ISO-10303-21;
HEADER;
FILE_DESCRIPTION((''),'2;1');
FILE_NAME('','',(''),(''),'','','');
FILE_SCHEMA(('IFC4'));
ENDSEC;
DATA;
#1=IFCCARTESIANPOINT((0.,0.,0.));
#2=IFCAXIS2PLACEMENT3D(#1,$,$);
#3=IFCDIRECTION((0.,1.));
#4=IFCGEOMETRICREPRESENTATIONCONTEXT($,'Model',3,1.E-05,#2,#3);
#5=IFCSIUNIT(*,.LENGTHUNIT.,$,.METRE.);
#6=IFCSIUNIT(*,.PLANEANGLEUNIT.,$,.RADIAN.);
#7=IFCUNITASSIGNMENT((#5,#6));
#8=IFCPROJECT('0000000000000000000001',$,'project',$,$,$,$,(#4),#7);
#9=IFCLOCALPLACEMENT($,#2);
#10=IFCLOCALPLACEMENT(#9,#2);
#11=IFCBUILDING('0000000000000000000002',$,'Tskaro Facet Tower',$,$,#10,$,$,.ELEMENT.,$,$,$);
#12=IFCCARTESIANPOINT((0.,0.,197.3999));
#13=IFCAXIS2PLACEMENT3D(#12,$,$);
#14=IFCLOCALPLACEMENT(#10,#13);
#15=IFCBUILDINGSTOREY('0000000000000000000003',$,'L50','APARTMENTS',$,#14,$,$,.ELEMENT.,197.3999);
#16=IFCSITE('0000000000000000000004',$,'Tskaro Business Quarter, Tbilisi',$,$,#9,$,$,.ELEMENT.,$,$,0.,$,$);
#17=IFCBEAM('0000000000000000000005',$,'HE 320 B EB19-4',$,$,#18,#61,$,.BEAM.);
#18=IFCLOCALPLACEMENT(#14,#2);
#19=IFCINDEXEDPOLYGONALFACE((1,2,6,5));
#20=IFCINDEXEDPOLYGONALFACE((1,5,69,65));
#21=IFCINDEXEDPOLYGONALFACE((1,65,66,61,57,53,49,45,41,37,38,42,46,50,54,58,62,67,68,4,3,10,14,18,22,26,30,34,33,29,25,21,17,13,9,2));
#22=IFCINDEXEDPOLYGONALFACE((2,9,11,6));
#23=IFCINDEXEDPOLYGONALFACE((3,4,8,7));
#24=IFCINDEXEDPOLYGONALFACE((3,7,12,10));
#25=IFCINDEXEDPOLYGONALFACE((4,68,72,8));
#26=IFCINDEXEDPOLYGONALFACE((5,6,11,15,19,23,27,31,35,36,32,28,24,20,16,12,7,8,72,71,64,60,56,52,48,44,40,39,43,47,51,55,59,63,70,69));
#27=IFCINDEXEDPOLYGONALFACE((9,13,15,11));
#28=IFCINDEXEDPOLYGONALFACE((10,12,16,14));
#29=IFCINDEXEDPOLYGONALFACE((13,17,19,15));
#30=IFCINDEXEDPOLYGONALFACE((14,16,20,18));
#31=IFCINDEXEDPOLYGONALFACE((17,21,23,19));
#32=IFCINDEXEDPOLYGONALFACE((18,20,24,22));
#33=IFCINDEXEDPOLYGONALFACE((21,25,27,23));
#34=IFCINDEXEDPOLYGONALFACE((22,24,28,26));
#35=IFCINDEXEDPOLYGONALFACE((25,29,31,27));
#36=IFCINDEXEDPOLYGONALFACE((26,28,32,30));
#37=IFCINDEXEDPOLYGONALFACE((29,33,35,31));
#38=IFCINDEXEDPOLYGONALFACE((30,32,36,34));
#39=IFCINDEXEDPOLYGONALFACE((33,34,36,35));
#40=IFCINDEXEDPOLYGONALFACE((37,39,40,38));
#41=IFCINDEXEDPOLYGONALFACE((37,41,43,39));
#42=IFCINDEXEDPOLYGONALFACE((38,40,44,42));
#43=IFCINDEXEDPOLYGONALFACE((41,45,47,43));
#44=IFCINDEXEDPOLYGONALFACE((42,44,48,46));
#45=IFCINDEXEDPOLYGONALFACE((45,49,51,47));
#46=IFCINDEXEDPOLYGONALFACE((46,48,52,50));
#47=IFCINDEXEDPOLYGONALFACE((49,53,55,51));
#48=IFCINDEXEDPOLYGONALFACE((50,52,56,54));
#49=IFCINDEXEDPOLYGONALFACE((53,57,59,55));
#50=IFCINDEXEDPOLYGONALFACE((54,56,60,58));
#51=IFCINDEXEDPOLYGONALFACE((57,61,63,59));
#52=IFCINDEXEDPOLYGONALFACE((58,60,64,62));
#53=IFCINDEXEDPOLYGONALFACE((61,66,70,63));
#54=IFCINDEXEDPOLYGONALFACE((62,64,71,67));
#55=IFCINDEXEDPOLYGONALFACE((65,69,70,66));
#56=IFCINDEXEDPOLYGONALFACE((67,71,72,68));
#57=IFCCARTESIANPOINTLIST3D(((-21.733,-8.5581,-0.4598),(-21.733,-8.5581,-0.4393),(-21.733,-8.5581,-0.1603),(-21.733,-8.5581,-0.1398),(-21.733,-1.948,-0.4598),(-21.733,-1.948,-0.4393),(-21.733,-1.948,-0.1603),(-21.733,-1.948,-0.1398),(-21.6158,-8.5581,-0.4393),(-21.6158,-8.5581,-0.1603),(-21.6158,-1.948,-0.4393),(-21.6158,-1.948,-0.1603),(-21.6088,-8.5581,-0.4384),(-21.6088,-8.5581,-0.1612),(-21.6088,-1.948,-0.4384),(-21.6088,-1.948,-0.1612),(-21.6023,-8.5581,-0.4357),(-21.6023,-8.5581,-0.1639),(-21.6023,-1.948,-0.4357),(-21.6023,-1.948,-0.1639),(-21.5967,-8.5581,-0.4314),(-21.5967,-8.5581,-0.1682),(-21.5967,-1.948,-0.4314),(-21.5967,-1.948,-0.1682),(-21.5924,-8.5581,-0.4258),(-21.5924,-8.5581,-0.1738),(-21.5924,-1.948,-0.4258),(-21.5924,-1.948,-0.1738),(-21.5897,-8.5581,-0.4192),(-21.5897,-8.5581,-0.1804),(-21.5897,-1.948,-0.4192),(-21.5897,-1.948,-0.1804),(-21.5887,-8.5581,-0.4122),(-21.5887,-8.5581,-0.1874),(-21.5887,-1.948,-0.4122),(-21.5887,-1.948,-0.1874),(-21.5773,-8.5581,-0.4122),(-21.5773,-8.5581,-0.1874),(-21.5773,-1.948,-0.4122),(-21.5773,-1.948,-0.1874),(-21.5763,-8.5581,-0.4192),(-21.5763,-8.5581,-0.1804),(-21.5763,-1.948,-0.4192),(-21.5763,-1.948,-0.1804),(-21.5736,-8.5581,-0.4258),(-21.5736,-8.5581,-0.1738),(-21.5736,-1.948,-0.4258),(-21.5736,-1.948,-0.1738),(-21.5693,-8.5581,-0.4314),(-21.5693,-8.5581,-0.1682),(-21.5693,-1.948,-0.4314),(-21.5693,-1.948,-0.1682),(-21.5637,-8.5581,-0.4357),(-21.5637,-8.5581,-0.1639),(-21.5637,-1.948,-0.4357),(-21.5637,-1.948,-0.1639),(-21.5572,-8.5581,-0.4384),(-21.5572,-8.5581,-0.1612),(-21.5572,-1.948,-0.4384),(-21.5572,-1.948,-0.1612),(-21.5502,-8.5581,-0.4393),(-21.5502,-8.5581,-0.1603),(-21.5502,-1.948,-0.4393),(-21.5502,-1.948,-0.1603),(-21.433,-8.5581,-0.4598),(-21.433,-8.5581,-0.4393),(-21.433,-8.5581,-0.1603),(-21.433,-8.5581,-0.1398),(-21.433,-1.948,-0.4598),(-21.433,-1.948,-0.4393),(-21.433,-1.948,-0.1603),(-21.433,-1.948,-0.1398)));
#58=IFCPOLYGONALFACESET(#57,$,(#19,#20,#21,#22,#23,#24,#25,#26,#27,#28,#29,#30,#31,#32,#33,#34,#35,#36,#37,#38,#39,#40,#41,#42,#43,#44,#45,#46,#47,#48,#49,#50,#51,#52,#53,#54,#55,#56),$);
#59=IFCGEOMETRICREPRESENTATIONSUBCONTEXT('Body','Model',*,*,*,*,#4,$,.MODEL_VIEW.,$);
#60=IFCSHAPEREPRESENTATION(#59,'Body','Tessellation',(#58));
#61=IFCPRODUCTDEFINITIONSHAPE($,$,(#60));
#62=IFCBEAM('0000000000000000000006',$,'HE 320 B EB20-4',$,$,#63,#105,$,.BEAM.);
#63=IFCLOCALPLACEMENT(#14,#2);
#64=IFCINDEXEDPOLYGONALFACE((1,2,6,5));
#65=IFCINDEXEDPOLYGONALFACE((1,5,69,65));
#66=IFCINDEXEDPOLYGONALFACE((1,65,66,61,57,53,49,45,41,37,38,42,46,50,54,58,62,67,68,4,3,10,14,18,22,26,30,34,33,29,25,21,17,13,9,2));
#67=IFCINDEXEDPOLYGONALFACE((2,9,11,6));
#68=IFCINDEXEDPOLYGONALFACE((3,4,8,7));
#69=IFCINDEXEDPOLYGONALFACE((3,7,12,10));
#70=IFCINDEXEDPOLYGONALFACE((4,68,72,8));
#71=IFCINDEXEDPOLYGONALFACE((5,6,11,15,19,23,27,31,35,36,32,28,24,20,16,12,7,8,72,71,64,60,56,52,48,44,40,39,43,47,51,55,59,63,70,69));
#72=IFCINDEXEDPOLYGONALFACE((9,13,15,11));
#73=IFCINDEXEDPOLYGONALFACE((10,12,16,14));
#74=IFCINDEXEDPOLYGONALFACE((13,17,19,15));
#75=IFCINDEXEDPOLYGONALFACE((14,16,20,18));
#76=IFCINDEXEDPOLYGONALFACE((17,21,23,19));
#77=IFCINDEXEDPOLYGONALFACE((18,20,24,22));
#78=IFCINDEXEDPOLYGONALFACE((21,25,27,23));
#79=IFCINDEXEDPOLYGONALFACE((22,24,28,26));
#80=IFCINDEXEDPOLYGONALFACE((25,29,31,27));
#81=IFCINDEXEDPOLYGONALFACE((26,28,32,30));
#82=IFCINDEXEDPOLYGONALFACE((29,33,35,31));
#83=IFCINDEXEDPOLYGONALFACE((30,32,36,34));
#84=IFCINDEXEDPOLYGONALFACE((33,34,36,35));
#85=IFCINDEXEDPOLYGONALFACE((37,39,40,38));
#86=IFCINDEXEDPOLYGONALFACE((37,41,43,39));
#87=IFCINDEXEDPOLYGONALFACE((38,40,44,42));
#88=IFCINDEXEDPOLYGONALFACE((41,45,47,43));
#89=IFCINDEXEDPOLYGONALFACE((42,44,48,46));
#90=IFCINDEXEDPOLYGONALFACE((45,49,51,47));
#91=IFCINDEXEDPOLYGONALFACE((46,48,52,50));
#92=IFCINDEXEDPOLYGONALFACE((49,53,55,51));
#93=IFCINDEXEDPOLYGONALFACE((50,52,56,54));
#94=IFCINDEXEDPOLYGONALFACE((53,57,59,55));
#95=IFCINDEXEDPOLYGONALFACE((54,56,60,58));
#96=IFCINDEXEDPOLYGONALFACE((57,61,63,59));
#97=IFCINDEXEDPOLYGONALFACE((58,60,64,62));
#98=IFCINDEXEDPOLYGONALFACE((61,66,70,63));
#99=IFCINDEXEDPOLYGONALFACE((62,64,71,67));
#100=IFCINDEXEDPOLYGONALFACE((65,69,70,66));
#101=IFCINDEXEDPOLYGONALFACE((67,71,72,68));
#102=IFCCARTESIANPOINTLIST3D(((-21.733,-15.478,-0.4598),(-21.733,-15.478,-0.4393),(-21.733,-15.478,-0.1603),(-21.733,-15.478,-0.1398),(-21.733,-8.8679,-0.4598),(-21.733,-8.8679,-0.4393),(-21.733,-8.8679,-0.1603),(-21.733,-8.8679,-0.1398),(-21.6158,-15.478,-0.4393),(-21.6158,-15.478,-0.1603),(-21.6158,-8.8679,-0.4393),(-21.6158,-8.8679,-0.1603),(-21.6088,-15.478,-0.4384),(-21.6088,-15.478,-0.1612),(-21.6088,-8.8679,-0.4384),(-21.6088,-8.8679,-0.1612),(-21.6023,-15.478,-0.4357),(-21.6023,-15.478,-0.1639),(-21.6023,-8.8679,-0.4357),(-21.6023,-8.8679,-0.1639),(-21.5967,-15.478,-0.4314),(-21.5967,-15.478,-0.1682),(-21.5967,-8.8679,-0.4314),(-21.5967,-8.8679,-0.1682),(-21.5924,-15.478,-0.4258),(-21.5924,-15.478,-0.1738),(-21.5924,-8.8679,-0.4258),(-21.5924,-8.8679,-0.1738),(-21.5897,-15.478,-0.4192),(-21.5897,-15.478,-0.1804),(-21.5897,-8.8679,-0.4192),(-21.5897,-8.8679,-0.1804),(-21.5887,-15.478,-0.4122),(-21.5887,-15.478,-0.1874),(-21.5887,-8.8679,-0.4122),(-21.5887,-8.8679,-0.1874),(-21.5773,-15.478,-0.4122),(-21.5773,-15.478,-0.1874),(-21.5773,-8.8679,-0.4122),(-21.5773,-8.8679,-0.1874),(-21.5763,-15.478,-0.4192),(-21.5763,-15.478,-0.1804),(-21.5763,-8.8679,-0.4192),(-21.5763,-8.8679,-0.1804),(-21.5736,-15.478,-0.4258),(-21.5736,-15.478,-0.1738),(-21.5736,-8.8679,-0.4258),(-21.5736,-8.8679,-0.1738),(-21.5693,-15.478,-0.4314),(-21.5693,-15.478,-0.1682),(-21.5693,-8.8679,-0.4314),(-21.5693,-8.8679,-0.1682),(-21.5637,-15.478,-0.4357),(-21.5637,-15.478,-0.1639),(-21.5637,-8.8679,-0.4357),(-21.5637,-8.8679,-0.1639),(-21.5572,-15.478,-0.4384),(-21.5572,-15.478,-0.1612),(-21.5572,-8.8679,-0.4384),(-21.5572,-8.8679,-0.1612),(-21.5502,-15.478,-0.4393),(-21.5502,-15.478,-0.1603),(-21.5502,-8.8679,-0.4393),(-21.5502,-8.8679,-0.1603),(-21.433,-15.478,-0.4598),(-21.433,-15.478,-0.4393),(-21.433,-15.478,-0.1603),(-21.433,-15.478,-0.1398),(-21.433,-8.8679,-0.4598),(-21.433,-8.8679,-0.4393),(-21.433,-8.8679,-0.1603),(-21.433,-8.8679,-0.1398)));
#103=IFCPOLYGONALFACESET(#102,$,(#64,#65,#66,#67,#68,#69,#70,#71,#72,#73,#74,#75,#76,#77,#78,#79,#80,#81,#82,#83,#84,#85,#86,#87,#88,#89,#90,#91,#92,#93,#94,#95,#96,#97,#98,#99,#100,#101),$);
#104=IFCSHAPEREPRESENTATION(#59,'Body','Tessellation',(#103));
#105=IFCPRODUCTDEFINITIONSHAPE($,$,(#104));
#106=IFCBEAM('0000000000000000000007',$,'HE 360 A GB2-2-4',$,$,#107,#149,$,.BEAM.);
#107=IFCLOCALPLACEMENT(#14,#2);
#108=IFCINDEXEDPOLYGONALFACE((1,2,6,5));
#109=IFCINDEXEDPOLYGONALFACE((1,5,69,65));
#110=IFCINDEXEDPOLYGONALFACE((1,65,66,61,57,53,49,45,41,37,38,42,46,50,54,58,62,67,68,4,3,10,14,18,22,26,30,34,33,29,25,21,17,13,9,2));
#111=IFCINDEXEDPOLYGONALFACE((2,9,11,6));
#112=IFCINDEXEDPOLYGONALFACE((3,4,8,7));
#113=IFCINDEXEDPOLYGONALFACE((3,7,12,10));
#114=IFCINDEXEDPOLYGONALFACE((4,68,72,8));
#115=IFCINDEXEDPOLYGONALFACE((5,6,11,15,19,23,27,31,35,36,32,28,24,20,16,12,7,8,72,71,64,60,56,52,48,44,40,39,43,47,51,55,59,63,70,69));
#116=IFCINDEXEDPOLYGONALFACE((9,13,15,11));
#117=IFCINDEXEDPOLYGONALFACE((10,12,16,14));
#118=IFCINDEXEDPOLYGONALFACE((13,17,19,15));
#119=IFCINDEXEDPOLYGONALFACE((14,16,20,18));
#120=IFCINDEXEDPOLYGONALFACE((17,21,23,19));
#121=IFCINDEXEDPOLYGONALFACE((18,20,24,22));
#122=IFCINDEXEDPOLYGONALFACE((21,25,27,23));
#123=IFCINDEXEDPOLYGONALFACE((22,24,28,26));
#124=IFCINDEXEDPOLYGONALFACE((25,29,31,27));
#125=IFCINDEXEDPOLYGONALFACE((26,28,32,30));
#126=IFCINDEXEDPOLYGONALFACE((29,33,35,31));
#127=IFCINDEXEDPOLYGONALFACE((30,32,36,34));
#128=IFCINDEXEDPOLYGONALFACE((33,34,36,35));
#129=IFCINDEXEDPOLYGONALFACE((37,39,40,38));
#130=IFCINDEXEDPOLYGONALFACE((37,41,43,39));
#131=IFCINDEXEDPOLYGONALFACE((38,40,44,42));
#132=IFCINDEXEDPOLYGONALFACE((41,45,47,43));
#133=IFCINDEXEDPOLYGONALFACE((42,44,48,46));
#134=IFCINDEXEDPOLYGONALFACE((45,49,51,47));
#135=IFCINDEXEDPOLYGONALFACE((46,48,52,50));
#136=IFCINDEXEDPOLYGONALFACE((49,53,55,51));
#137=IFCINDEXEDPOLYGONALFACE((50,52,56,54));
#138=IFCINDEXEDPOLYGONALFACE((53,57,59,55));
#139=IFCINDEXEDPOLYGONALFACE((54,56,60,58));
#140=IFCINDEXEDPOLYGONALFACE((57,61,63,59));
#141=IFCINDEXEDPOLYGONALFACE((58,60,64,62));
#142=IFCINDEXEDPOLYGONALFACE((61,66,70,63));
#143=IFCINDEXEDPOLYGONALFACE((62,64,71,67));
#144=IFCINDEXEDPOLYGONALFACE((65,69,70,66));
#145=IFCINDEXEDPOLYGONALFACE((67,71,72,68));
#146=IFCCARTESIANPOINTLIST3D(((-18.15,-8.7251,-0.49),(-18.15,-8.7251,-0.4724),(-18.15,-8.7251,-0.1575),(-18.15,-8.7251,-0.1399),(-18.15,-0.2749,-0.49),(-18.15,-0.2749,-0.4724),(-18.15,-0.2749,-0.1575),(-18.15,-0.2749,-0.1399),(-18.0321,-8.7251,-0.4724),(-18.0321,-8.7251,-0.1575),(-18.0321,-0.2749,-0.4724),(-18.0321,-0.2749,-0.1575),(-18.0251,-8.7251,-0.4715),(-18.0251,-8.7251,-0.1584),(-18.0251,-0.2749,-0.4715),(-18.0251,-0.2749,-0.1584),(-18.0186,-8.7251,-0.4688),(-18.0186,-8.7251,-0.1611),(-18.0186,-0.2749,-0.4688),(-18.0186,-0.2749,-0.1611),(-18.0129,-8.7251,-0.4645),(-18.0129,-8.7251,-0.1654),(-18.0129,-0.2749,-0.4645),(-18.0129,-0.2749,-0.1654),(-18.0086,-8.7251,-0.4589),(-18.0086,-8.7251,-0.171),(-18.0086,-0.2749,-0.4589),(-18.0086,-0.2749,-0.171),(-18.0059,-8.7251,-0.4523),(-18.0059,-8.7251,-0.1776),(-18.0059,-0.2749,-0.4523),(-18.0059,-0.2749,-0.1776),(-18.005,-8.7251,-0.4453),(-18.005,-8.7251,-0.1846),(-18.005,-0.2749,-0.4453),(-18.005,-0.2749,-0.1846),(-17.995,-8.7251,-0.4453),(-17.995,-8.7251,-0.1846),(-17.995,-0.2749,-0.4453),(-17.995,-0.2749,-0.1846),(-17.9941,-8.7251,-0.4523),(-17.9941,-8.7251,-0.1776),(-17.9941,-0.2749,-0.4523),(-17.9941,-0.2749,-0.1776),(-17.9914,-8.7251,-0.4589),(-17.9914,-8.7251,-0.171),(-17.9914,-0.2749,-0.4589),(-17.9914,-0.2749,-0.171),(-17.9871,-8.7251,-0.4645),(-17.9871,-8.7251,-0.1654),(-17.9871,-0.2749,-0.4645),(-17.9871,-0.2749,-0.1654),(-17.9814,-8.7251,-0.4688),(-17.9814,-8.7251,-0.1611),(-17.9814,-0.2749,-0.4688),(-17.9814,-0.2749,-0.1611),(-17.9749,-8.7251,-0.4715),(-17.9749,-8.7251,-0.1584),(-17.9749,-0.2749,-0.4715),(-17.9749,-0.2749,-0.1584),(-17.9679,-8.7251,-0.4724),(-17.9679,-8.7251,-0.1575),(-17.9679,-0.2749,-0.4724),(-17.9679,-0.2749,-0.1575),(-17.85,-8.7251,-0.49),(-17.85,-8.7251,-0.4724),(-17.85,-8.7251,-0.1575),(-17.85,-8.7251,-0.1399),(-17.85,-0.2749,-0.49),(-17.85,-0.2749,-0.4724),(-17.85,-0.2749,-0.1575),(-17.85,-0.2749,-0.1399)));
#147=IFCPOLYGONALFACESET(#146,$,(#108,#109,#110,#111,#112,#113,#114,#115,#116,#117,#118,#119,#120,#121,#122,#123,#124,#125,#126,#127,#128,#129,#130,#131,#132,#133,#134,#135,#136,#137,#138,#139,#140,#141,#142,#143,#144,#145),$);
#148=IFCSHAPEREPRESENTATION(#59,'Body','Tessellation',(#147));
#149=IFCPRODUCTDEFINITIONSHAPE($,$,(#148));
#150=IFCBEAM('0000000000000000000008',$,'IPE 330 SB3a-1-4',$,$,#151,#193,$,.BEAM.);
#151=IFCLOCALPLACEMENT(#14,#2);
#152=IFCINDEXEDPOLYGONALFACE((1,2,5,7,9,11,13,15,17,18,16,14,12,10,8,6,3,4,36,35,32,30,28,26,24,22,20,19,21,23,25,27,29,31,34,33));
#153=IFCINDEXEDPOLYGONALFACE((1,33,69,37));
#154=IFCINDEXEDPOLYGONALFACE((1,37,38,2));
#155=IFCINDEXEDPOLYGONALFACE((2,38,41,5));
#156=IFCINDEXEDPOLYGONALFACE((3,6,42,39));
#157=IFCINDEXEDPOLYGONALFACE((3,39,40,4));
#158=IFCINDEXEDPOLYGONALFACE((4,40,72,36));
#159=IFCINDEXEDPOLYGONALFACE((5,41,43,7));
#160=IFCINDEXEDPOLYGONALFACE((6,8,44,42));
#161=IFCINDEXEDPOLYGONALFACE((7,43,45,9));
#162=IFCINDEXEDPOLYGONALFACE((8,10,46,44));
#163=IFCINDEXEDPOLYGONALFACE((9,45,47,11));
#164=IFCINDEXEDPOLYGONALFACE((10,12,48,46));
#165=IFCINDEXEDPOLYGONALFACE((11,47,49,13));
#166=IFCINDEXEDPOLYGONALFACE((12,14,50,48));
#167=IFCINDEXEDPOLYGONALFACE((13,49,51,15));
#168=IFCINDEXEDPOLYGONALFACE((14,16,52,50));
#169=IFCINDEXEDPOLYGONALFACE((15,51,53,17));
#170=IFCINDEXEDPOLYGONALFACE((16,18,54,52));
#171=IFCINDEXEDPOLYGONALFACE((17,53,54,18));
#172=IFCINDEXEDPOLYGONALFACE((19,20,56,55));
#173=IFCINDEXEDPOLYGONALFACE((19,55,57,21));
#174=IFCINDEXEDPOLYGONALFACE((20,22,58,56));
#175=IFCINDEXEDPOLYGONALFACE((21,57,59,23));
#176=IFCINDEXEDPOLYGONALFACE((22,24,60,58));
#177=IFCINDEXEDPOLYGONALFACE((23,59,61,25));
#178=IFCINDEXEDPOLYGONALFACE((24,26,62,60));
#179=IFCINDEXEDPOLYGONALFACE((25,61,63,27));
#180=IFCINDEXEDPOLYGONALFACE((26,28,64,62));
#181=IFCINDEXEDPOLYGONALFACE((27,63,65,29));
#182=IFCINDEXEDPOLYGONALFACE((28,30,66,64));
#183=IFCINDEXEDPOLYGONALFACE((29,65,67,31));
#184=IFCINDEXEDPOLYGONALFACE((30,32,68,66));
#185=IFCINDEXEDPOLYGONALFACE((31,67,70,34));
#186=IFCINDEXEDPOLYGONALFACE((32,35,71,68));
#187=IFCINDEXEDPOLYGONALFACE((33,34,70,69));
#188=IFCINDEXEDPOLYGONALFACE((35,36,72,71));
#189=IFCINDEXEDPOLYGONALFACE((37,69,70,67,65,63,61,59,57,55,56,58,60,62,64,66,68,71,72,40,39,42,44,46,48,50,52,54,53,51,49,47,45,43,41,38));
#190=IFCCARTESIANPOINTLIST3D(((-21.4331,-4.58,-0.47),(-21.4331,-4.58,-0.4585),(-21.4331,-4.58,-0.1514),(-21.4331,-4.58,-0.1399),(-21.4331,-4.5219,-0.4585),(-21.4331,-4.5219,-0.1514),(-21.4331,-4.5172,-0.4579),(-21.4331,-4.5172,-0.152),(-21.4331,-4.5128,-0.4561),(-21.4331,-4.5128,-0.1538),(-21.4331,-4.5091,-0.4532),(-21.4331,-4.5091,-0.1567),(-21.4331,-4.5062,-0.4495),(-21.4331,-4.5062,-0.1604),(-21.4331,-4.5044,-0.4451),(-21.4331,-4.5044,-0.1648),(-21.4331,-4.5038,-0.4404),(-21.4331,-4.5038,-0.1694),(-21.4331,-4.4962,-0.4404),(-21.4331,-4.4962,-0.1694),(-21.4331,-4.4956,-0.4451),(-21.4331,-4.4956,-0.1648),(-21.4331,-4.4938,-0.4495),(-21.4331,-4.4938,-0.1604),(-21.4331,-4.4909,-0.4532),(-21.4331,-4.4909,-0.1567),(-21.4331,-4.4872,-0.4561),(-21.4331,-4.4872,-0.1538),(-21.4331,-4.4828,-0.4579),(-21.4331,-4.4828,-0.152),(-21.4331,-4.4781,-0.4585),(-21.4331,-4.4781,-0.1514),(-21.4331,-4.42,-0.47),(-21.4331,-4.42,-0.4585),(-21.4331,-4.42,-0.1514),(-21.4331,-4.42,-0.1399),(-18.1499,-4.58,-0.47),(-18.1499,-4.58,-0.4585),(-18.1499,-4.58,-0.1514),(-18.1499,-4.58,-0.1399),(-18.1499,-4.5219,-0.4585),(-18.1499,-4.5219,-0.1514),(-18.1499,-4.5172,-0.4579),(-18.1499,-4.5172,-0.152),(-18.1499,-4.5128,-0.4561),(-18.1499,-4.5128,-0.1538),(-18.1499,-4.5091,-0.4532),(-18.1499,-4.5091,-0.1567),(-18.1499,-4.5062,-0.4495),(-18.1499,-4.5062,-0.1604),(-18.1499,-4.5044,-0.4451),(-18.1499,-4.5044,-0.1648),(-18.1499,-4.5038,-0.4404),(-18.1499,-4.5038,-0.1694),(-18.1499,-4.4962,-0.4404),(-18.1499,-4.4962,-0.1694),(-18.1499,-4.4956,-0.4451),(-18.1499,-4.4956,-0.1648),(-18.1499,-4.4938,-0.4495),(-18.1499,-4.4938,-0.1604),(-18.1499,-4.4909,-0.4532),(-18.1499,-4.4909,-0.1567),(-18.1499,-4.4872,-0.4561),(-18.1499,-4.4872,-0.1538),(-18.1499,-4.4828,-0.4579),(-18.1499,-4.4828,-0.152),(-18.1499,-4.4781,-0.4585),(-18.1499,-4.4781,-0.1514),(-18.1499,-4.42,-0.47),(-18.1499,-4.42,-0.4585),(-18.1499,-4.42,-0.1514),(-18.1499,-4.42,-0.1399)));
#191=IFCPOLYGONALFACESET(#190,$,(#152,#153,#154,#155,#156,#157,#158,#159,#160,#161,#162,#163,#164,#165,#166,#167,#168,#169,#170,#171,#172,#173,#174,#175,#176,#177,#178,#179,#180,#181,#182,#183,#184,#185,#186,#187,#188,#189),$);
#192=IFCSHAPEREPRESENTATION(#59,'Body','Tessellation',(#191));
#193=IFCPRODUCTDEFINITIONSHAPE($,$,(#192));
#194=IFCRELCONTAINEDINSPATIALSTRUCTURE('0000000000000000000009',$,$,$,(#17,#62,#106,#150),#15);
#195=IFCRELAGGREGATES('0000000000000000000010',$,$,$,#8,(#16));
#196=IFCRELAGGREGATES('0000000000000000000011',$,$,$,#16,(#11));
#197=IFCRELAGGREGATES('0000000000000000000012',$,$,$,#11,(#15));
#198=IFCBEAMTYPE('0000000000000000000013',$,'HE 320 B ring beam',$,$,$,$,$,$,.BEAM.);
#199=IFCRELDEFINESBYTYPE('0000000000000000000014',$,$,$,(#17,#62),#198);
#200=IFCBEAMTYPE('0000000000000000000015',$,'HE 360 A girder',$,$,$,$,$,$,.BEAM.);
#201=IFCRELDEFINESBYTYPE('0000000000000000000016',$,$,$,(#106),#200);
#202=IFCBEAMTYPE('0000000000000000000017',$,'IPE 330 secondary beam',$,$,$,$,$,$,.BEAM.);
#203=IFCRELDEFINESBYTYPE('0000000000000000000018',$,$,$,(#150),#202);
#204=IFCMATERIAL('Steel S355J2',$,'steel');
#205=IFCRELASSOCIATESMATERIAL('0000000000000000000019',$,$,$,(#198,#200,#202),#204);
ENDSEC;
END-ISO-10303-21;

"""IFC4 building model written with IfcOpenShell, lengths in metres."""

from ifc_helpers import new_model, si_unit, direction, frame, origin, origin_2d, place, context, subcontext, project, spatial, i_section, extrude, material, material_profile, profile_set, type_object, element, save


model = new_model("IFC4")

# Units and contexts
model_context = context("Model", 3, precision=1e-05, world=origin(), true_north=direction((0.0, 1.0)))
body_context = subcontext(model_context, "Body", "Model", "MODEL_VIEW")
ifc_project = project(units=[si_unit("LENGTHUNIT", "METRE"), si_unit("PLANEANGLEUNIT", "RADIAN")], contexts=[model_context])

# Site, building, storey
site_placement = place(None, origin())
site = spatial("IfcSite", under=ifc_project, at=site_placement, Name="Tskaro Business Quarter, Tbilisi", CompositionType="ELEMENT", RefElevation=0.0)
building_placement = place(site_placement, origin())
building = spatial("IfcBuilding", under=site, at=building_placement, Name="Tskaro Facet Tower", CompositionType="ELEMENT")
storey_placement = place(building_placement, frame((0.0, 0.0, 197.3999)))
storey = spatial("IfcBuildingStorey", under=building, at=storey_placement, Name="L50", Description="APARTMENTS", CompositionType="ELEMENT", Elevation=197.3999)

# Beams
ifc_material_1 = material(Name="Steel S355J2", Category="steel")
ifc_material_profile_1 = material_profile(ifc_material_1, i_section(OverallWidth=0.3, OverallDepth=0.3201, WebThickness=0.0115, FlangeThickness=0.0205, FilletRadius=0.0271, at=origin_2d()), Name="HE 320 B")
ifc_profile_set_1 = profile_set([ifc_material_profile_1], Name="Steel S355J2")
beam_type_1 = type_object("IfcBeamType", Name="HE 320 B ring beam", PredefinedType="BEAM", material=ifc_profile_set_1)
for number, where, z_axis, x_axis, name in (
    (1, (-21.583, -1.948, -0.2998), (0.0, -1.0, 0.0), (1.0, 0.0, 0.0), "HE 320 B EB19-4"),
    (2, (-21.583, -8.8679, -0.2998), (0.0, -1.0, 0.0), (1.0, 0.0, 0.0), "HE 320 B EB20-4"),
):
    element("IfcBeam", number, at=place(storey_placement, frame(where, z_axis=z_axis, x_axis=x_axis)), inside=storey, type_object=beam_type_1, Name=name, PredefinedType="BEAM", context=body_context, shape_type="SweptSolid", body=[
        extrude(i_section(OverallWidth=0.3, OverallDepth=0.3201, WebThickness=0.0115, FlangeThickness=0.0205, FilletRadius=0.0271, at=origin_2d()), origin(), (0.0, 0.0, 1.0), 6.6101),
    ])
ifc_material_profile_2 = material_profile(ifc_material_1, i_section(OverallWidth=0.3, OverallDepth=0.3501, WebThickness=0.01, FlangeThickness=0.0176, FilletRadius=0.0271, at=origin_2d()), Name="HE 360 A")
ifc_profile_set_2 = profile_set([ifc_material_profile_2], Name="Steel S355J2")
beam_type_2 = type_object("IfcBeamType", Name="HE 360 A girder", PredefinedType="BEAM", material=ifc_profile_set_2)
beam_1_placement = place(storey_placement, frame((-18.0, -8.7251, -0.3149), z_axis=(0.0, 1.0, 0.0), x_axis=(-1.0, 0.0, 0.0)))
element("IfcBeam", 3, at=beam_1_placement, inside=storey, type_object=beam_type_2, Name="HE 360 A GB2-2-4", PredefinedType="BEAM", context=body_context, shape_type="SweptSolid", body=[
    extrude(i_section(OverallWidth=0.3, OverallDepth=0.3501, WebThickness=0.01, FlangeThickness=0.0176, FilletRadius=0.0271, at=origin_2d()), origin(), (0.0, 0.0, 1.0), 8.4502),
])
ifc_material_profile_3 = material_profile(ifc_material_1, i_section(OverallWidth=0.1599, OverallDepth=0.3301, WebThickness=0.0076, FlangeThickness=0.0115, FilletRadius=0.0181, at=origin_2d()), Name="IPE 330")
ifc_profile_set_3 = profile_set([ifc_material_profile_3], Name="Steel S355J2")
beam_type_3 = type_object("IfcBeamType", Name="IPE 330 secondary beam", PredefinedType="BEAM", material=ifc_profile_set_3)
beam_2_placement = place(storey_placement, frame((-21.4331, -4.5, -0.3049), z_axis=(1.0, 0.0, 0.0), x_axis=(0.0, 1.0, 0.0)))
element("IfcBeam", 4, at=beam_2_placement, inside=storey, type_object=beam_type_3, Name="IPE 330 SB3a-1-4", PredefinedType="BEAM", context=body_context, shape_type="SweptSolid", body=[
    extrude(i_section(OverallWidth=0.1599, OverallDepth=0.3301, WebThickness=0.0076, FlangeThickness=0.0115, FilletRadius=0.0181, at=origin_2d()), origin(), (0.0, 0.0, 1.0), 3.2832),
])

save(model, "model.ifc")
